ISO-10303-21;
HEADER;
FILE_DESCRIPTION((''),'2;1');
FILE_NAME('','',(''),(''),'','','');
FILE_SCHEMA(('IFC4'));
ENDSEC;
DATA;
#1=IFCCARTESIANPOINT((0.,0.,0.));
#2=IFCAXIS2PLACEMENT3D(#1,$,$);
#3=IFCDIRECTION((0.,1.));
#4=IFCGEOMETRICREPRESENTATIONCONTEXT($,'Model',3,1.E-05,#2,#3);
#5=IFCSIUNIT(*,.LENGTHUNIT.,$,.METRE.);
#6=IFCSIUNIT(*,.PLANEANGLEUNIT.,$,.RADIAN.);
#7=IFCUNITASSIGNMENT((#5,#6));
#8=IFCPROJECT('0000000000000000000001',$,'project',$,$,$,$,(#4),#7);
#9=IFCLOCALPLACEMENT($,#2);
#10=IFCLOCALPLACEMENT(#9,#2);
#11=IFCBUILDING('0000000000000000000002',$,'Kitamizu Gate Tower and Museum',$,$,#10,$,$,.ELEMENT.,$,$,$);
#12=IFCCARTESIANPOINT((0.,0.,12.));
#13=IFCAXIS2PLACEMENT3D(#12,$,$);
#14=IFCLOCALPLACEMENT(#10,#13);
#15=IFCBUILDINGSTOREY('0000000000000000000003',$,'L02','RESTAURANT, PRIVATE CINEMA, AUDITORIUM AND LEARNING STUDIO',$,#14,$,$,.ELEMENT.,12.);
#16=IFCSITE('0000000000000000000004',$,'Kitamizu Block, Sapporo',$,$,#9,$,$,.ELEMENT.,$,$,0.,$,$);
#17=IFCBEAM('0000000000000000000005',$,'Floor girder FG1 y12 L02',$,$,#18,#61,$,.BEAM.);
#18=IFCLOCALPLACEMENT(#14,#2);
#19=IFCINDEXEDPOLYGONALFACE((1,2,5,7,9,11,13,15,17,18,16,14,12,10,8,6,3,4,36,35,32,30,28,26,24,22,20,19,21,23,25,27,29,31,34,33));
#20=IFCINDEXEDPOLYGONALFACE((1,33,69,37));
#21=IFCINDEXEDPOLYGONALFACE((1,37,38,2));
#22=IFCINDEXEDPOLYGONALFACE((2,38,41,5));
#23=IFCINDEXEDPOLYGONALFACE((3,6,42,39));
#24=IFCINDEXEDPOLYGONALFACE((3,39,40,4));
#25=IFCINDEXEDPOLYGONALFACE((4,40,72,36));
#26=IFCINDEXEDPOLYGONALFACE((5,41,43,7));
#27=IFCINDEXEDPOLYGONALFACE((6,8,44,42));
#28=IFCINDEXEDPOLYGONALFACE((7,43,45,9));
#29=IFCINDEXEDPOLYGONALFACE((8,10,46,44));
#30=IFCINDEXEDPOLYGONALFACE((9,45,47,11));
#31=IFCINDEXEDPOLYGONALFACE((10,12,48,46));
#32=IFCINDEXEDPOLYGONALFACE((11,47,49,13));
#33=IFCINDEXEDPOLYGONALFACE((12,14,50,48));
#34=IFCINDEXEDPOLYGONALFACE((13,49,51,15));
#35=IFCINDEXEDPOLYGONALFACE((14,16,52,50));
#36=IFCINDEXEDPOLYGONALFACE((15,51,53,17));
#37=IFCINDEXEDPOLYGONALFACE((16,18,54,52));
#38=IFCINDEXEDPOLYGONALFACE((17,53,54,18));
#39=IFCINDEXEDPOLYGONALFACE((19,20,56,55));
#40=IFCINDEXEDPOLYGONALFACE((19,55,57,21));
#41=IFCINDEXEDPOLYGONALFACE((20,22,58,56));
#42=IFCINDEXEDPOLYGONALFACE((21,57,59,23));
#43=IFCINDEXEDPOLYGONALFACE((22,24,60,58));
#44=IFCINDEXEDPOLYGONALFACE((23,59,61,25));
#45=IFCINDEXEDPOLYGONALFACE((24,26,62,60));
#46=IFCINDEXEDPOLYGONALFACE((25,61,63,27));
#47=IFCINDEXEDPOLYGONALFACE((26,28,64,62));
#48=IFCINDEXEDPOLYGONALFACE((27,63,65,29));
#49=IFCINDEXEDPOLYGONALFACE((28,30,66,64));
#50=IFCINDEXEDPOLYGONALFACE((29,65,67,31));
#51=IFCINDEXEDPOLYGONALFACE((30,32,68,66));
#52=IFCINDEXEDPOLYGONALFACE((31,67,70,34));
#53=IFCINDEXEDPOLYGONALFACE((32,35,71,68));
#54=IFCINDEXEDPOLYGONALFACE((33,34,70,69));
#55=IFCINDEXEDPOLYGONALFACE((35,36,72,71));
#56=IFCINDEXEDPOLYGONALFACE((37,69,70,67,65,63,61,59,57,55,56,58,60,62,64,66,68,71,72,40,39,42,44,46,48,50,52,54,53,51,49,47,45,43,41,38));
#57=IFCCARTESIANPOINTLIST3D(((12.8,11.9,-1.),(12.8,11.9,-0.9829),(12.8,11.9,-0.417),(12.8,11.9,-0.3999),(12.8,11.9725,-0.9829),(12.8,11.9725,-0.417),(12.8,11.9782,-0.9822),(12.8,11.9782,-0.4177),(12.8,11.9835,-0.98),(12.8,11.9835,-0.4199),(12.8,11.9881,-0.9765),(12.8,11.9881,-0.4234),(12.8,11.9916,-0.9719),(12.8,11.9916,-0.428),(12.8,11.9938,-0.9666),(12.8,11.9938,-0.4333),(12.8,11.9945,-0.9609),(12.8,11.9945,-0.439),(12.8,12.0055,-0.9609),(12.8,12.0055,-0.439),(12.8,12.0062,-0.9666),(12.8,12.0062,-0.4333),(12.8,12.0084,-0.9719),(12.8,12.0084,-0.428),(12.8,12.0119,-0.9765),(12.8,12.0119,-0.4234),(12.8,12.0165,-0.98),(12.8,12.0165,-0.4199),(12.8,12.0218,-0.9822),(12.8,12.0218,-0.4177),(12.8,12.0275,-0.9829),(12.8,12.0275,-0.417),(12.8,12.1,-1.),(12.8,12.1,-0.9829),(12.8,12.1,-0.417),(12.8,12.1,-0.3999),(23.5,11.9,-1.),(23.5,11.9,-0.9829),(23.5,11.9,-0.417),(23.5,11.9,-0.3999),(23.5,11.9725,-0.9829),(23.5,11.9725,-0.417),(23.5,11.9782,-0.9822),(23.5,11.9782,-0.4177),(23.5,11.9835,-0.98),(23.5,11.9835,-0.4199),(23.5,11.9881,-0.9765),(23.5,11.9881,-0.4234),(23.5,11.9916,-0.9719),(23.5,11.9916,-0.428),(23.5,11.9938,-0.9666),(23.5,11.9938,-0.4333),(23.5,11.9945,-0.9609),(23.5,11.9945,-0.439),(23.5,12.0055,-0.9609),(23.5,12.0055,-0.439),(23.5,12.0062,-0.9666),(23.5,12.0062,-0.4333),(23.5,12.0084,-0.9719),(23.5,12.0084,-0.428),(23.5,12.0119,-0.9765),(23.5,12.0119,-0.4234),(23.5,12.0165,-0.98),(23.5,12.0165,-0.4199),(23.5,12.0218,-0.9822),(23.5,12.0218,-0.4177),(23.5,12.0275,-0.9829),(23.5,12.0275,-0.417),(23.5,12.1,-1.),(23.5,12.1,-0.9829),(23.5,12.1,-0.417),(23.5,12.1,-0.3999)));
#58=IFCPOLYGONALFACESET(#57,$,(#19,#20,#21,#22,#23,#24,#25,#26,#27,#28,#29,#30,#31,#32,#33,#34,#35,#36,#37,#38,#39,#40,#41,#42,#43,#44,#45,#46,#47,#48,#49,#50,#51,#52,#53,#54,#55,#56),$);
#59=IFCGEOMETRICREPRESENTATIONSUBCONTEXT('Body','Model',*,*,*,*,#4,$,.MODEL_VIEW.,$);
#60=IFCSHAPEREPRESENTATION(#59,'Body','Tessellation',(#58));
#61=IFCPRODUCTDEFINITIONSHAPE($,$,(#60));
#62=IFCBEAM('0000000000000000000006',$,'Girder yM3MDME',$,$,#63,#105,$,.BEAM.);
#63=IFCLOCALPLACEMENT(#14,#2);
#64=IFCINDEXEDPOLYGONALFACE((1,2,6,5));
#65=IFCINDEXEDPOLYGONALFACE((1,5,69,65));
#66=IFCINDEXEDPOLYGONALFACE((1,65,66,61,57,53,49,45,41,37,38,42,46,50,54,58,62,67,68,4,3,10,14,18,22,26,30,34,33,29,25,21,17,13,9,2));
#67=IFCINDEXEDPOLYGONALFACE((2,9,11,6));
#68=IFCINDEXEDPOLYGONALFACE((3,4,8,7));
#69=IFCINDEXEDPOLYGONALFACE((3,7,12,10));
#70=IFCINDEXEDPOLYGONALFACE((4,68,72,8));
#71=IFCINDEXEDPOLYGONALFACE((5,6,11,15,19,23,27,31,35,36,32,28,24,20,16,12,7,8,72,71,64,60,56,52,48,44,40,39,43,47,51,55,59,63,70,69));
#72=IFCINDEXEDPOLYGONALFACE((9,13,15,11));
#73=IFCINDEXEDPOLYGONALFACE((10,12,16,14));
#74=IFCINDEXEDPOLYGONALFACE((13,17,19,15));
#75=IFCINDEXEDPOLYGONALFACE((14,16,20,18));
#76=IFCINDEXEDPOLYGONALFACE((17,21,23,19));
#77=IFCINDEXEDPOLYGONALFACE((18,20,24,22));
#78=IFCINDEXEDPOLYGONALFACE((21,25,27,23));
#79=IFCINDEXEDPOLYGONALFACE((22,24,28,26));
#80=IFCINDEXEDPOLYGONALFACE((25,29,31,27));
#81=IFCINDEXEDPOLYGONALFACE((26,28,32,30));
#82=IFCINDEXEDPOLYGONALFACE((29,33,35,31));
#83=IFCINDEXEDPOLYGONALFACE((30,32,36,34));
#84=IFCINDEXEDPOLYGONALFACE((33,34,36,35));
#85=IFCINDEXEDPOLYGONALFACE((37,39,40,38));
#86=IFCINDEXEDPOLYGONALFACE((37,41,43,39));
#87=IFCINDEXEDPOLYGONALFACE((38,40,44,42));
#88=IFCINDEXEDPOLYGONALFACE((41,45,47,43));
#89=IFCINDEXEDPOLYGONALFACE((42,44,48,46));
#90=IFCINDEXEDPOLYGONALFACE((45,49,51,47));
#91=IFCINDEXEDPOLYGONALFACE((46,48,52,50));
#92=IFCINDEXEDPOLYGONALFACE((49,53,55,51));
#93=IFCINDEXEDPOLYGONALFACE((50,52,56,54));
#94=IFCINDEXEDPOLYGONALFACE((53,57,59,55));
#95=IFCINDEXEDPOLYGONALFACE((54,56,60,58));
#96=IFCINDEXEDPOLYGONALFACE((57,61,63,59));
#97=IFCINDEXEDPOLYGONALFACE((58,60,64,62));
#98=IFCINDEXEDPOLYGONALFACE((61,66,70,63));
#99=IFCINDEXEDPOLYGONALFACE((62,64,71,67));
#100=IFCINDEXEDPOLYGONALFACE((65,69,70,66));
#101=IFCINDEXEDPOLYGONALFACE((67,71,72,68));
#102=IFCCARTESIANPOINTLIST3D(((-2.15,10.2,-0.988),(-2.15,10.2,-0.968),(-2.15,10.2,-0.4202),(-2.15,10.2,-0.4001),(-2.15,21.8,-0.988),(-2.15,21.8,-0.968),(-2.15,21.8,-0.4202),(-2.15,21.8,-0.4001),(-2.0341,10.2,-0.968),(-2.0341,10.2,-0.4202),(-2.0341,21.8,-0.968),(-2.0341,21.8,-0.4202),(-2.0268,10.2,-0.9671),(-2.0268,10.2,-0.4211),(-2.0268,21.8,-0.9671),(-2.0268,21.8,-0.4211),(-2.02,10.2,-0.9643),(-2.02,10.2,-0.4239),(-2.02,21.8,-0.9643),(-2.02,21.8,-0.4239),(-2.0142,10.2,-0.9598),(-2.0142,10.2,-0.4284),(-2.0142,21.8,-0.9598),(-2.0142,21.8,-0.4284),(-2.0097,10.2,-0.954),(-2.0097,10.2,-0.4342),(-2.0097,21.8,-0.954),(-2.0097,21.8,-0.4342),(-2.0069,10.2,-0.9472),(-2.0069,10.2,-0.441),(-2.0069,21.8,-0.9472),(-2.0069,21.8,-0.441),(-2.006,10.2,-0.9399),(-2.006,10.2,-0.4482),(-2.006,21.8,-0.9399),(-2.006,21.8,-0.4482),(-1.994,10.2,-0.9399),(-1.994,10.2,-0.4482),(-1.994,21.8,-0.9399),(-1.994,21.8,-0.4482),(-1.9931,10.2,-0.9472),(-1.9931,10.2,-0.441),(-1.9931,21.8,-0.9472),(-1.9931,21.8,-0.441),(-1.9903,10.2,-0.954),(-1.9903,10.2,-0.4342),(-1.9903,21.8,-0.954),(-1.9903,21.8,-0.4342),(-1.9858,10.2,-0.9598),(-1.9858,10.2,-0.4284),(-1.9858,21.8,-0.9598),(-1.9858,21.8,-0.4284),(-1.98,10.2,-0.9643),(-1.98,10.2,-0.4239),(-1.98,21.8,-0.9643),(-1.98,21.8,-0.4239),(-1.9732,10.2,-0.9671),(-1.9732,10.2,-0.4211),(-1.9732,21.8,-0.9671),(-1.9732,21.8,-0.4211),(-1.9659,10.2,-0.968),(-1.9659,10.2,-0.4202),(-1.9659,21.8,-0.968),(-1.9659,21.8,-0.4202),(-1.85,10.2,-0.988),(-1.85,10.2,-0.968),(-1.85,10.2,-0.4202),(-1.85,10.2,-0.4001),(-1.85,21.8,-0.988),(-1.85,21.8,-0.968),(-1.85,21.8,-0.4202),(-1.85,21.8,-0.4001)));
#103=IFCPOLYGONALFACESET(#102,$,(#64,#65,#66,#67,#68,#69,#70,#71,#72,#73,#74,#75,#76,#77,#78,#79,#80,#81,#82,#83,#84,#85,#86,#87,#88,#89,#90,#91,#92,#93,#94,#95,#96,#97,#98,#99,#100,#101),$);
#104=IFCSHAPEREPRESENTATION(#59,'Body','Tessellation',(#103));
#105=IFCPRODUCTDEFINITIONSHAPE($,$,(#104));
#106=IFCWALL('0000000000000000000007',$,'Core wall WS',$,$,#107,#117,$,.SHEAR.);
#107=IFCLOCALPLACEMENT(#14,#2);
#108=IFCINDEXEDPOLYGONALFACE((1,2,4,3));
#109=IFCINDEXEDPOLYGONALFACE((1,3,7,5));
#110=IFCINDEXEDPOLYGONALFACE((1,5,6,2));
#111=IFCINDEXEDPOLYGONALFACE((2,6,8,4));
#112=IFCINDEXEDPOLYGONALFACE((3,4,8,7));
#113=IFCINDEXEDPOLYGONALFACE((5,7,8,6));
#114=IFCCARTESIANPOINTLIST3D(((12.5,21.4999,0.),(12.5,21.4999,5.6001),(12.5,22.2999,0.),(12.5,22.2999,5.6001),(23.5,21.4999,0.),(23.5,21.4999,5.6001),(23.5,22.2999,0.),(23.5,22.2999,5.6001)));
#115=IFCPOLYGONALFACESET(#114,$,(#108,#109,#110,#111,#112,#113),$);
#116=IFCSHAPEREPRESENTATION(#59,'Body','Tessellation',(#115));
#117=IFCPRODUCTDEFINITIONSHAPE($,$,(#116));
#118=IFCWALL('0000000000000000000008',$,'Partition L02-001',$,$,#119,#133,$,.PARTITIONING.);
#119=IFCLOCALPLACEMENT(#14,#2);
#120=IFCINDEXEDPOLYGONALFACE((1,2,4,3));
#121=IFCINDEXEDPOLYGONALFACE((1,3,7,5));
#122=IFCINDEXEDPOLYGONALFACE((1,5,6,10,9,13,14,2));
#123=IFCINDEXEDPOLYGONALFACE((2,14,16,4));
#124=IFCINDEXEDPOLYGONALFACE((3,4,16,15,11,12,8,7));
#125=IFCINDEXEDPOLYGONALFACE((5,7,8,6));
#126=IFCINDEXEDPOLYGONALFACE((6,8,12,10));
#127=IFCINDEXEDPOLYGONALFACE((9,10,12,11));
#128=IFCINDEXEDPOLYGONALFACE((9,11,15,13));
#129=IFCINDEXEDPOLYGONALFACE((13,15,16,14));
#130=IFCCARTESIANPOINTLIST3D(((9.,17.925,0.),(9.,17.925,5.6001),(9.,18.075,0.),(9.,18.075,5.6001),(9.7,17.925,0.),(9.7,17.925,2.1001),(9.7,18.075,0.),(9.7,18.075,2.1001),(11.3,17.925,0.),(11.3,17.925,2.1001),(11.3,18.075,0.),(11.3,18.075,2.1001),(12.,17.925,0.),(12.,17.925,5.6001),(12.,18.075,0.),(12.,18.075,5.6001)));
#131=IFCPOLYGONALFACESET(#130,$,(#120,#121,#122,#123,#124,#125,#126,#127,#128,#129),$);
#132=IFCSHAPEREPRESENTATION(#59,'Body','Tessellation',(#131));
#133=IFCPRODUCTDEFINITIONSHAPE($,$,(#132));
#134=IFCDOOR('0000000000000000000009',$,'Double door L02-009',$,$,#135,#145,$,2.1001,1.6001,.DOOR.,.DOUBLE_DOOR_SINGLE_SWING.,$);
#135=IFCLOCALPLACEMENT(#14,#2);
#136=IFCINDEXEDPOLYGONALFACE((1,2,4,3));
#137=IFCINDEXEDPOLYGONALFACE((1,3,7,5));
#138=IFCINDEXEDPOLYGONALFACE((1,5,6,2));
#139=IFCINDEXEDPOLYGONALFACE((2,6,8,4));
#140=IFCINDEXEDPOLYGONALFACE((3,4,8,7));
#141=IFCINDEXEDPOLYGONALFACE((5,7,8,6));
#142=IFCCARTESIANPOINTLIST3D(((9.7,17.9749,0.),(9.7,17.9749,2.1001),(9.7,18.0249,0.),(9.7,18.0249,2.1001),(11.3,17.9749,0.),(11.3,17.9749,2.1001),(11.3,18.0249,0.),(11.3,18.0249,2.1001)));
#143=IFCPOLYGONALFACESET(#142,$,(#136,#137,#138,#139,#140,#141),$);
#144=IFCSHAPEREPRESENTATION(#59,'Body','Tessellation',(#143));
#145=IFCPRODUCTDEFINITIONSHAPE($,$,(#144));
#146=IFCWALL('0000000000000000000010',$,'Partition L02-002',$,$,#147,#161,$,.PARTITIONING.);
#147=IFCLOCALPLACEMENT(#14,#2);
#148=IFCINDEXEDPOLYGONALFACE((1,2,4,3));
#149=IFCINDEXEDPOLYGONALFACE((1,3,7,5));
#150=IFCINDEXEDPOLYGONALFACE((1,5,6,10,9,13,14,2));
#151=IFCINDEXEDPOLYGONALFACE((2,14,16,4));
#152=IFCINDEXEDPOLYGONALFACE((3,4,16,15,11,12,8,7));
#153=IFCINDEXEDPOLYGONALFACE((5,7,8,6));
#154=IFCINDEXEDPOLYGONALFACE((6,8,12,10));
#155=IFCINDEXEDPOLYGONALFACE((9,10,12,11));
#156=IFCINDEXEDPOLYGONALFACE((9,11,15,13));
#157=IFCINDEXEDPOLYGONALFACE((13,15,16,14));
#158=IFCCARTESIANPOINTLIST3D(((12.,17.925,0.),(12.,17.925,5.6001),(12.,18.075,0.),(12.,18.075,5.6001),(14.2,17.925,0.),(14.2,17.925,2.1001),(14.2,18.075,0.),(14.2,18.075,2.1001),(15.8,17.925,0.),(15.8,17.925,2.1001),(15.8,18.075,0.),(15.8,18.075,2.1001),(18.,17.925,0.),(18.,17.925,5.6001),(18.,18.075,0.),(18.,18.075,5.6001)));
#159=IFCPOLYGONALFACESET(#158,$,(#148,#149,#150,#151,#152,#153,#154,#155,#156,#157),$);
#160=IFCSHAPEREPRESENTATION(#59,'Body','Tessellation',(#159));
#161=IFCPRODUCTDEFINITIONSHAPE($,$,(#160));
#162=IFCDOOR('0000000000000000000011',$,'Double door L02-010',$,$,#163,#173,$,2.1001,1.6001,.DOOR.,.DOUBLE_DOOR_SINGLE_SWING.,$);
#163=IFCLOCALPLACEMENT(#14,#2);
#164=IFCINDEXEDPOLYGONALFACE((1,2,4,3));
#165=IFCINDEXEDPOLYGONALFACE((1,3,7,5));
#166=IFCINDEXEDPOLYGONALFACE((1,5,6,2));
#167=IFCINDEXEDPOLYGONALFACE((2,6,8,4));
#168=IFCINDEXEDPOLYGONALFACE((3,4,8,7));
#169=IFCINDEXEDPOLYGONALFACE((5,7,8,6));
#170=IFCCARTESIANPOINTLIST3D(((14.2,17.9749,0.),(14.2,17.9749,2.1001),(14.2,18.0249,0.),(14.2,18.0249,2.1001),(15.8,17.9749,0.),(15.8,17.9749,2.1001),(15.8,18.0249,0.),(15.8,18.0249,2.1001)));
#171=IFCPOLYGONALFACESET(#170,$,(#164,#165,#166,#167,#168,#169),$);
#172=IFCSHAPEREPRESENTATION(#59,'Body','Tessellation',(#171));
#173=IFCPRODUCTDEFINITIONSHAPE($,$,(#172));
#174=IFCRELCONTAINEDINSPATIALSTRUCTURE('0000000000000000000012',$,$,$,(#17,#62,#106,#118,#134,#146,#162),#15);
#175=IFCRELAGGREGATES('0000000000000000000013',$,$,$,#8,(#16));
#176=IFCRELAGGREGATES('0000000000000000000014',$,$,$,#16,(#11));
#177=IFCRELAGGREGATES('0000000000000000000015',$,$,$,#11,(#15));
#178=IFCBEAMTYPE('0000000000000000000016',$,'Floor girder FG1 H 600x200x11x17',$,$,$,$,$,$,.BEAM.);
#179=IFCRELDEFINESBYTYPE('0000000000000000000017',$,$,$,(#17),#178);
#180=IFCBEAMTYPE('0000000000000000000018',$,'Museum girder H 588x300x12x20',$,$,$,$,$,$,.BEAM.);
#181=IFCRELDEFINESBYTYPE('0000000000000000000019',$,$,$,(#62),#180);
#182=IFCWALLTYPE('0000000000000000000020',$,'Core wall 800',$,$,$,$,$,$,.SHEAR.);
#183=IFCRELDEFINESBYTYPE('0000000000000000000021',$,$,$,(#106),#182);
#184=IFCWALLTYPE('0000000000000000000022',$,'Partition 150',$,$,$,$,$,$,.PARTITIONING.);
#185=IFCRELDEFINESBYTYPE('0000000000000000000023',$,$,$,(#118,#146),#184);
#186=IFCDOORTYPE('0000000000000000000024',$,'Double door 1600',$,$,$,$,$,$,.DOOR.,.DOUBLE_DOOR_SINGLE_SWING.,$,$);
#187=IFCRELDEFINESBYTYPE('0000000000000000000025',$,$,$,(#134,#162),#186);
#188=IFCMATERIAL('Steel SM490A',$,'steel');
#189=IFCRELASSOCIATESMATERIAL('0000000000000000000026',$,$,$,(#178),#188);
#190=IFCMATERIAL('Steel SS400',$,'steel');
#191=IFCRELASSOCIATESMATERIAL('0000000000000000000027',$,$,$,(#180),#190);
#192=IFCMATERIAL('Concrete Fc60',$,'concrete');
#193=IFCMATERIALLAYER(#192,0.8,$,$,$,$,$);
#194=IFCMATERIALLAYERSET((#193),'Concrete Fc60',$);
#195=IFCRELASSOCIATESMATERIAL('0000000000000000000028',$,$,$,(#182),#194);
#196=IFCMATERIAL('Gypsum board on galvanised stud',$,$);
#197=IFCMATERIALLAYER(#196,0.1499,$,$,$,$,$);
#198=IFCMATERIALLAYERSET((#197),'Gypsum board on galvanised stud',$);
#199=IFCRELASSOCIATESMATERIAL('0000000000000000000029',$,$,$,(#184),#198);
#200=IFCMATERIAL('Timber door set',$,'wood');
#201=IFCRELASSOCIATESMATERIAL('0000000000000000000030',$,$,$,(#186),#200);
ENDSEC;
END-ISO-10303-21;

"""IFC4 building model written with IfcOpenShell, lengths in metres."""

from ifc_helpers import new_model, si_unit, direction, frame, frame_2d, origin, origin_2d, place, context, subcontext, project, spatial, rectangle, i_section, extrude, material, layer, layer_set, material_profile, profile_set, type_object, element, fill, save


model = new_model("IFC4")

# Units and contexts
model_context = context("Model", 3, precision=1e-05, world=origin(), true_north=direction((0.0, 1.0)))
body_context = subcontext(model_context, "Body", "Model", "MODEL_VIEW")
ifc_project = project(units=[si_unit("LENGTHUNIT", "METRE"), si_unit("PLANEANGLEUNIT", "RADIAN")], contexts=[model_context])

# Site, building, storey
site_placement = place(None, origin())
site = spatial("IfcSite", under=ifc_project, at=site_placement, Name="Kitamizu Block, Sapporo", CompositionType="ELEMENT", RefElevation=0.0)
building_placement = place(site_placement, origin())
building = spatial("IfcBuilding", under=site, at=building_placement, Name="Kitamizu Gate Tower and Museum", CompositionType="ELEMENT")
storey_placement = place(building_placement, frame((0.0, 0.0, 12.0)))
storey = spatial("IfcBuildingStorey", under=building, at=storey_placement, Name="L02", Description="RESTAURANT, PRIVATE CINEMA, AUDITORIUM AND LEARNING STUDIO", CompositionType="ELEMENT", Elevation=12.0)

# Beams
ifc_material_1 = material(Name="Steel SM490A", Category="steel")
ifc_material_profile_1 = material_profile(ifc_material_1, i_section(OverallWidth=0.2, OverallDepth=0.6001, WebThickness=0.011, FlangeThickness=0.0171, FilletRadius=0.022, at=origin_2d()), Name="H-600x200x11x17")
ifc_profile_set_1 = profile_set([ifc_material_profile_1], Name="Steel SM490A")
beam_type_1 = type_object("IfcBeamType", Name="Floor girder FG1 H 600x200x11x17", PredefinedType="BEAM", material=ifc_profile_set_1)
for number, where, z_axis, x_axis, name in (
    (1, (12.8, 12.0, -0.7), (1.0, 0.0, 0.0), (0.0, 1.0, 0.0), "Floor girder FG1 y12 L02"),
):
    element("IfcBeam", number, at=place(storey_placement, frame(where, z_axis=z_axis, x_axis=x_axis)), inside=storey, type_object=beam_type_1, Name=name, PredefinedType="BEAM", context=body_context, shape_type="SweptSolid", body=[
        extrude(i_section(OverallWidth=0.2, OverallDepth=0.6001, WebThickness=0.011, FlangeThickness=0.0171, FilletRadius=0.022, at=origin_2d()), origin(), (0.0, 0.0, 1.0), 10.7),
    ])
ifc_material_2 = material(Name="Steel SS400", Category="steel")
ifc_material_profile_2 = material_profile(ifc_material_2, i_section(OverallWidth=0.3, OverallDepth=0.5879, WebThickness=0.012, FlangeThickness=0.02, FilletRadius=0.0281, at=origin_2d()), Name="H-588x300x12x20")
ifc_profile_set_2 = profile_set([ifc_material_profile_2], Name="Steel SS400")
beam_type_2 = type_object("IfcBeamType", Name="Museum girder H 588x300x12x20", PredefinedType="BEAM", material=ifc_profile_set_2)
beam_1_placement = place(storey_placement, frame((-2.0, 10.2, -0.6941), z_axis=(0.0, 1.0, 0.0), x_axis=(-1.0, 0.0, 0.0)))
element("IfcBeam", 2, at=beam_1_placement, inside=storey, type_object=beam_type_2, Name="Girder yM3MDME", PredefinedType="BEAM", context=body_context, shape_type="SweptSolid", body=[
    extrude(i_section(OverallWidth=0.3, OverallDepth=0.5879, WebThickness=0.012, FlangeThickness=0.02, FilletRadius=0.0281, at=origin_2d()), origin(), (0.0, 0.0, 1.0), 11.6001),
])

# Wall
ifc_material_3 = material(Name="Concrete Fc60", Category="concrete")
ifc_layer_1 = layer(ifc_material_3, 0.8)
ifc_layer_set_1 = layer_set([ifc_layer_1], Name="Concrete Fc60")
wall_type_1 = type_object("IfcWallType", Name="Core wall 800", PredefinedType="SHEAR", material=ifc_layer_set_1)
wall_1_placement = place(storey_placement, frame((12.5, 21.8999, 0.0), z_axis=(0.0, 0.0, 1.0), x_axis=(1.0, 0.0, 0.0)))
element("IfcWall", 3, at=wall_1_placement, inside=storey, type_object=wall_type_1, Name="Core wall WS", PredefinedType="SHEAR", context=body_context, shape_type="SweptSolid", body=[
    extrude(rectangle(XDim=11.0, YDim=0.8, at=frame_2d((5.5, 0.0))), origin(), (0.0, 0.0, 1.0), 5.6001),
])

# Walls, openings, doors
ifc_material_4 = material(Name="Gypsum board on galvanised stud")
ifc_layer_2 = layer(ifc_material_4, 0.1499)
ifc_layer_set_2 = layer_set([ifc_layer_2], Name="Gypsum board on galvanised stud")
wall_type_2 = type_object("IfcWallType", Name="Partition 150", PredefinedType="PARTITIONING", material=ifc_layer_set_2)
wall_2_placement = place(storey_placement, frame((9.0, 18.0, 0.0), z_axis=(0.0, 0.0, 1.0), x_axis=(1.0, 0.0, 0.0)))
wall_2 = element("IfcWall", 4, at=wall_2_placement, inside=storey, type_object=wall_type_2, Name="Partition L02-001", PredefinedType="PARTITIONING", context=body_context, shape_type="SweptSolid", body=[
    extrude(rectangle(XDim=3.0, YDim=0.1499, at=frame_2d((1.5, 0.0))), origin(), (0.0, 0.0, 1.0), 5.6001),
])
opening_1_placement = place(wall_2_placement, frame((0.7, 0.0, 0.0)))
opening_1 = element("IfcOpeningElement", 5, at=opening_1_placement, cuts=wall_2, PredefinedType="OPENING", context=body_context, shape_type="SweptSolid", body=[
    extrude(rectangle(XDim=1.6001, YDim=2.1001, at=frame_2d((0.8, 1.05))), frame((0.0, 0.085, 0.0), z_axis=(0.0, -1.0, 0.0), x_axis=(1.0, 0.0, 0.0)), (0.0, 0.0, 1.0), 0.1699),
])
ifc_material_5 = material(Name="Timber door set", Category="wood")
door_type = type_object("IfcDoorType", Name="Double door 1600", OperationType="DOUBLE_DOOR_SINGLE_SWING", PredefinedType="DOOR", material=ifc_material_5)
door_1_placement = place(opening_1_placement, origin())
door_1 = element("IfcDoor", 6, at=door_1_placement, inside=storey, type_object=door_type, Name="Double door L02-009", OperationType="DOUBLE_DOOR_SINGLE_SWING", OverallHeight=2.1001, OverallWidth=1.6001, PredefinedType="DOOR", context=body_context, shape_type="SweptSolid", body=[
    extrude(rectangle(XDim=1.6001, YDim=2.1001, at=frame_2d((0.8, 1.05))), frame((0.0, 0.0249, 0.0), z_axis=(0.0, -1.0, 0.0), x_axis=(1.0, 0.0, 0.0)), (0.0, 0.0, 1.0), 0.05),
])
fill(opening_1, door_1)
wall_3_placement = place(storey_placement, frame((12.0, 18.0, 0.0), z_axis=(0.0, 0.0, 1.0), x_axis=(1.0, 0.0, 0.0)))
wall_3 = element("IfcWall", 7, at=wall_3_placement, inside=storey, type_object=wall_type_2, Name="Partition L02-002", PredefinedType="PARTITIONING", context=body_context, shape_type="SweptSolid", body=[
    extrude(rectangle(XDim=6.0, YDim=0.1499, at=frame_2d((3.0, 0.0))), origin(), (0.0, 0.0, 1.0), 5.6001),
])
opening_2_placement = place(wall_3_placement, frame((2.2, 0.0, 0.0)))
opening_2 = element("IfcOpeningElement", 8, at=opening_2_placement, cuts=wall_3, PredefinedType="OPENING", context=body_context, shape_type="SweptSolid", body=[
    extrude(rectangle(XDim=1.6001, YDim=2.1001, at=frame_2d((0.8, 1.05))), frame((0.0, 0.085, 0.0), z_axis=(0.0, -1.0, 0.0), x_axis=(1.0, 0.0, 0.0)), (0.0, 0.0, 1.0), 0.1699),
])
door_2_placement = place(opening_2_placement, origin())
door_2 = element("IfcDoor", 9, at=door_2_placement, inside=storey, type_object=door_type, Name="Double door L02-010", OperationType="DOUBLE_DOOR_SINGLE_SWING", OverallHeight=2.1001, OverallWidth=1.6001, PredefinedType="DOOR", context=body_context, shape_type="SweptSolid", body=[
    extrude(rectangle(XDim=1.6001, YDim=2.1001, at=frame_2d((0.8, 1.05))), frame((0.0, 0.0249, 0.0), z_axis=(0.0, -1.0, 0.0), x_axis=(1.0, 0.0, 0.0)), (0.0, 0.0, 1.0), 0.05),
])
fill(opening_2, door_2)

save(model, "model.ifc")
